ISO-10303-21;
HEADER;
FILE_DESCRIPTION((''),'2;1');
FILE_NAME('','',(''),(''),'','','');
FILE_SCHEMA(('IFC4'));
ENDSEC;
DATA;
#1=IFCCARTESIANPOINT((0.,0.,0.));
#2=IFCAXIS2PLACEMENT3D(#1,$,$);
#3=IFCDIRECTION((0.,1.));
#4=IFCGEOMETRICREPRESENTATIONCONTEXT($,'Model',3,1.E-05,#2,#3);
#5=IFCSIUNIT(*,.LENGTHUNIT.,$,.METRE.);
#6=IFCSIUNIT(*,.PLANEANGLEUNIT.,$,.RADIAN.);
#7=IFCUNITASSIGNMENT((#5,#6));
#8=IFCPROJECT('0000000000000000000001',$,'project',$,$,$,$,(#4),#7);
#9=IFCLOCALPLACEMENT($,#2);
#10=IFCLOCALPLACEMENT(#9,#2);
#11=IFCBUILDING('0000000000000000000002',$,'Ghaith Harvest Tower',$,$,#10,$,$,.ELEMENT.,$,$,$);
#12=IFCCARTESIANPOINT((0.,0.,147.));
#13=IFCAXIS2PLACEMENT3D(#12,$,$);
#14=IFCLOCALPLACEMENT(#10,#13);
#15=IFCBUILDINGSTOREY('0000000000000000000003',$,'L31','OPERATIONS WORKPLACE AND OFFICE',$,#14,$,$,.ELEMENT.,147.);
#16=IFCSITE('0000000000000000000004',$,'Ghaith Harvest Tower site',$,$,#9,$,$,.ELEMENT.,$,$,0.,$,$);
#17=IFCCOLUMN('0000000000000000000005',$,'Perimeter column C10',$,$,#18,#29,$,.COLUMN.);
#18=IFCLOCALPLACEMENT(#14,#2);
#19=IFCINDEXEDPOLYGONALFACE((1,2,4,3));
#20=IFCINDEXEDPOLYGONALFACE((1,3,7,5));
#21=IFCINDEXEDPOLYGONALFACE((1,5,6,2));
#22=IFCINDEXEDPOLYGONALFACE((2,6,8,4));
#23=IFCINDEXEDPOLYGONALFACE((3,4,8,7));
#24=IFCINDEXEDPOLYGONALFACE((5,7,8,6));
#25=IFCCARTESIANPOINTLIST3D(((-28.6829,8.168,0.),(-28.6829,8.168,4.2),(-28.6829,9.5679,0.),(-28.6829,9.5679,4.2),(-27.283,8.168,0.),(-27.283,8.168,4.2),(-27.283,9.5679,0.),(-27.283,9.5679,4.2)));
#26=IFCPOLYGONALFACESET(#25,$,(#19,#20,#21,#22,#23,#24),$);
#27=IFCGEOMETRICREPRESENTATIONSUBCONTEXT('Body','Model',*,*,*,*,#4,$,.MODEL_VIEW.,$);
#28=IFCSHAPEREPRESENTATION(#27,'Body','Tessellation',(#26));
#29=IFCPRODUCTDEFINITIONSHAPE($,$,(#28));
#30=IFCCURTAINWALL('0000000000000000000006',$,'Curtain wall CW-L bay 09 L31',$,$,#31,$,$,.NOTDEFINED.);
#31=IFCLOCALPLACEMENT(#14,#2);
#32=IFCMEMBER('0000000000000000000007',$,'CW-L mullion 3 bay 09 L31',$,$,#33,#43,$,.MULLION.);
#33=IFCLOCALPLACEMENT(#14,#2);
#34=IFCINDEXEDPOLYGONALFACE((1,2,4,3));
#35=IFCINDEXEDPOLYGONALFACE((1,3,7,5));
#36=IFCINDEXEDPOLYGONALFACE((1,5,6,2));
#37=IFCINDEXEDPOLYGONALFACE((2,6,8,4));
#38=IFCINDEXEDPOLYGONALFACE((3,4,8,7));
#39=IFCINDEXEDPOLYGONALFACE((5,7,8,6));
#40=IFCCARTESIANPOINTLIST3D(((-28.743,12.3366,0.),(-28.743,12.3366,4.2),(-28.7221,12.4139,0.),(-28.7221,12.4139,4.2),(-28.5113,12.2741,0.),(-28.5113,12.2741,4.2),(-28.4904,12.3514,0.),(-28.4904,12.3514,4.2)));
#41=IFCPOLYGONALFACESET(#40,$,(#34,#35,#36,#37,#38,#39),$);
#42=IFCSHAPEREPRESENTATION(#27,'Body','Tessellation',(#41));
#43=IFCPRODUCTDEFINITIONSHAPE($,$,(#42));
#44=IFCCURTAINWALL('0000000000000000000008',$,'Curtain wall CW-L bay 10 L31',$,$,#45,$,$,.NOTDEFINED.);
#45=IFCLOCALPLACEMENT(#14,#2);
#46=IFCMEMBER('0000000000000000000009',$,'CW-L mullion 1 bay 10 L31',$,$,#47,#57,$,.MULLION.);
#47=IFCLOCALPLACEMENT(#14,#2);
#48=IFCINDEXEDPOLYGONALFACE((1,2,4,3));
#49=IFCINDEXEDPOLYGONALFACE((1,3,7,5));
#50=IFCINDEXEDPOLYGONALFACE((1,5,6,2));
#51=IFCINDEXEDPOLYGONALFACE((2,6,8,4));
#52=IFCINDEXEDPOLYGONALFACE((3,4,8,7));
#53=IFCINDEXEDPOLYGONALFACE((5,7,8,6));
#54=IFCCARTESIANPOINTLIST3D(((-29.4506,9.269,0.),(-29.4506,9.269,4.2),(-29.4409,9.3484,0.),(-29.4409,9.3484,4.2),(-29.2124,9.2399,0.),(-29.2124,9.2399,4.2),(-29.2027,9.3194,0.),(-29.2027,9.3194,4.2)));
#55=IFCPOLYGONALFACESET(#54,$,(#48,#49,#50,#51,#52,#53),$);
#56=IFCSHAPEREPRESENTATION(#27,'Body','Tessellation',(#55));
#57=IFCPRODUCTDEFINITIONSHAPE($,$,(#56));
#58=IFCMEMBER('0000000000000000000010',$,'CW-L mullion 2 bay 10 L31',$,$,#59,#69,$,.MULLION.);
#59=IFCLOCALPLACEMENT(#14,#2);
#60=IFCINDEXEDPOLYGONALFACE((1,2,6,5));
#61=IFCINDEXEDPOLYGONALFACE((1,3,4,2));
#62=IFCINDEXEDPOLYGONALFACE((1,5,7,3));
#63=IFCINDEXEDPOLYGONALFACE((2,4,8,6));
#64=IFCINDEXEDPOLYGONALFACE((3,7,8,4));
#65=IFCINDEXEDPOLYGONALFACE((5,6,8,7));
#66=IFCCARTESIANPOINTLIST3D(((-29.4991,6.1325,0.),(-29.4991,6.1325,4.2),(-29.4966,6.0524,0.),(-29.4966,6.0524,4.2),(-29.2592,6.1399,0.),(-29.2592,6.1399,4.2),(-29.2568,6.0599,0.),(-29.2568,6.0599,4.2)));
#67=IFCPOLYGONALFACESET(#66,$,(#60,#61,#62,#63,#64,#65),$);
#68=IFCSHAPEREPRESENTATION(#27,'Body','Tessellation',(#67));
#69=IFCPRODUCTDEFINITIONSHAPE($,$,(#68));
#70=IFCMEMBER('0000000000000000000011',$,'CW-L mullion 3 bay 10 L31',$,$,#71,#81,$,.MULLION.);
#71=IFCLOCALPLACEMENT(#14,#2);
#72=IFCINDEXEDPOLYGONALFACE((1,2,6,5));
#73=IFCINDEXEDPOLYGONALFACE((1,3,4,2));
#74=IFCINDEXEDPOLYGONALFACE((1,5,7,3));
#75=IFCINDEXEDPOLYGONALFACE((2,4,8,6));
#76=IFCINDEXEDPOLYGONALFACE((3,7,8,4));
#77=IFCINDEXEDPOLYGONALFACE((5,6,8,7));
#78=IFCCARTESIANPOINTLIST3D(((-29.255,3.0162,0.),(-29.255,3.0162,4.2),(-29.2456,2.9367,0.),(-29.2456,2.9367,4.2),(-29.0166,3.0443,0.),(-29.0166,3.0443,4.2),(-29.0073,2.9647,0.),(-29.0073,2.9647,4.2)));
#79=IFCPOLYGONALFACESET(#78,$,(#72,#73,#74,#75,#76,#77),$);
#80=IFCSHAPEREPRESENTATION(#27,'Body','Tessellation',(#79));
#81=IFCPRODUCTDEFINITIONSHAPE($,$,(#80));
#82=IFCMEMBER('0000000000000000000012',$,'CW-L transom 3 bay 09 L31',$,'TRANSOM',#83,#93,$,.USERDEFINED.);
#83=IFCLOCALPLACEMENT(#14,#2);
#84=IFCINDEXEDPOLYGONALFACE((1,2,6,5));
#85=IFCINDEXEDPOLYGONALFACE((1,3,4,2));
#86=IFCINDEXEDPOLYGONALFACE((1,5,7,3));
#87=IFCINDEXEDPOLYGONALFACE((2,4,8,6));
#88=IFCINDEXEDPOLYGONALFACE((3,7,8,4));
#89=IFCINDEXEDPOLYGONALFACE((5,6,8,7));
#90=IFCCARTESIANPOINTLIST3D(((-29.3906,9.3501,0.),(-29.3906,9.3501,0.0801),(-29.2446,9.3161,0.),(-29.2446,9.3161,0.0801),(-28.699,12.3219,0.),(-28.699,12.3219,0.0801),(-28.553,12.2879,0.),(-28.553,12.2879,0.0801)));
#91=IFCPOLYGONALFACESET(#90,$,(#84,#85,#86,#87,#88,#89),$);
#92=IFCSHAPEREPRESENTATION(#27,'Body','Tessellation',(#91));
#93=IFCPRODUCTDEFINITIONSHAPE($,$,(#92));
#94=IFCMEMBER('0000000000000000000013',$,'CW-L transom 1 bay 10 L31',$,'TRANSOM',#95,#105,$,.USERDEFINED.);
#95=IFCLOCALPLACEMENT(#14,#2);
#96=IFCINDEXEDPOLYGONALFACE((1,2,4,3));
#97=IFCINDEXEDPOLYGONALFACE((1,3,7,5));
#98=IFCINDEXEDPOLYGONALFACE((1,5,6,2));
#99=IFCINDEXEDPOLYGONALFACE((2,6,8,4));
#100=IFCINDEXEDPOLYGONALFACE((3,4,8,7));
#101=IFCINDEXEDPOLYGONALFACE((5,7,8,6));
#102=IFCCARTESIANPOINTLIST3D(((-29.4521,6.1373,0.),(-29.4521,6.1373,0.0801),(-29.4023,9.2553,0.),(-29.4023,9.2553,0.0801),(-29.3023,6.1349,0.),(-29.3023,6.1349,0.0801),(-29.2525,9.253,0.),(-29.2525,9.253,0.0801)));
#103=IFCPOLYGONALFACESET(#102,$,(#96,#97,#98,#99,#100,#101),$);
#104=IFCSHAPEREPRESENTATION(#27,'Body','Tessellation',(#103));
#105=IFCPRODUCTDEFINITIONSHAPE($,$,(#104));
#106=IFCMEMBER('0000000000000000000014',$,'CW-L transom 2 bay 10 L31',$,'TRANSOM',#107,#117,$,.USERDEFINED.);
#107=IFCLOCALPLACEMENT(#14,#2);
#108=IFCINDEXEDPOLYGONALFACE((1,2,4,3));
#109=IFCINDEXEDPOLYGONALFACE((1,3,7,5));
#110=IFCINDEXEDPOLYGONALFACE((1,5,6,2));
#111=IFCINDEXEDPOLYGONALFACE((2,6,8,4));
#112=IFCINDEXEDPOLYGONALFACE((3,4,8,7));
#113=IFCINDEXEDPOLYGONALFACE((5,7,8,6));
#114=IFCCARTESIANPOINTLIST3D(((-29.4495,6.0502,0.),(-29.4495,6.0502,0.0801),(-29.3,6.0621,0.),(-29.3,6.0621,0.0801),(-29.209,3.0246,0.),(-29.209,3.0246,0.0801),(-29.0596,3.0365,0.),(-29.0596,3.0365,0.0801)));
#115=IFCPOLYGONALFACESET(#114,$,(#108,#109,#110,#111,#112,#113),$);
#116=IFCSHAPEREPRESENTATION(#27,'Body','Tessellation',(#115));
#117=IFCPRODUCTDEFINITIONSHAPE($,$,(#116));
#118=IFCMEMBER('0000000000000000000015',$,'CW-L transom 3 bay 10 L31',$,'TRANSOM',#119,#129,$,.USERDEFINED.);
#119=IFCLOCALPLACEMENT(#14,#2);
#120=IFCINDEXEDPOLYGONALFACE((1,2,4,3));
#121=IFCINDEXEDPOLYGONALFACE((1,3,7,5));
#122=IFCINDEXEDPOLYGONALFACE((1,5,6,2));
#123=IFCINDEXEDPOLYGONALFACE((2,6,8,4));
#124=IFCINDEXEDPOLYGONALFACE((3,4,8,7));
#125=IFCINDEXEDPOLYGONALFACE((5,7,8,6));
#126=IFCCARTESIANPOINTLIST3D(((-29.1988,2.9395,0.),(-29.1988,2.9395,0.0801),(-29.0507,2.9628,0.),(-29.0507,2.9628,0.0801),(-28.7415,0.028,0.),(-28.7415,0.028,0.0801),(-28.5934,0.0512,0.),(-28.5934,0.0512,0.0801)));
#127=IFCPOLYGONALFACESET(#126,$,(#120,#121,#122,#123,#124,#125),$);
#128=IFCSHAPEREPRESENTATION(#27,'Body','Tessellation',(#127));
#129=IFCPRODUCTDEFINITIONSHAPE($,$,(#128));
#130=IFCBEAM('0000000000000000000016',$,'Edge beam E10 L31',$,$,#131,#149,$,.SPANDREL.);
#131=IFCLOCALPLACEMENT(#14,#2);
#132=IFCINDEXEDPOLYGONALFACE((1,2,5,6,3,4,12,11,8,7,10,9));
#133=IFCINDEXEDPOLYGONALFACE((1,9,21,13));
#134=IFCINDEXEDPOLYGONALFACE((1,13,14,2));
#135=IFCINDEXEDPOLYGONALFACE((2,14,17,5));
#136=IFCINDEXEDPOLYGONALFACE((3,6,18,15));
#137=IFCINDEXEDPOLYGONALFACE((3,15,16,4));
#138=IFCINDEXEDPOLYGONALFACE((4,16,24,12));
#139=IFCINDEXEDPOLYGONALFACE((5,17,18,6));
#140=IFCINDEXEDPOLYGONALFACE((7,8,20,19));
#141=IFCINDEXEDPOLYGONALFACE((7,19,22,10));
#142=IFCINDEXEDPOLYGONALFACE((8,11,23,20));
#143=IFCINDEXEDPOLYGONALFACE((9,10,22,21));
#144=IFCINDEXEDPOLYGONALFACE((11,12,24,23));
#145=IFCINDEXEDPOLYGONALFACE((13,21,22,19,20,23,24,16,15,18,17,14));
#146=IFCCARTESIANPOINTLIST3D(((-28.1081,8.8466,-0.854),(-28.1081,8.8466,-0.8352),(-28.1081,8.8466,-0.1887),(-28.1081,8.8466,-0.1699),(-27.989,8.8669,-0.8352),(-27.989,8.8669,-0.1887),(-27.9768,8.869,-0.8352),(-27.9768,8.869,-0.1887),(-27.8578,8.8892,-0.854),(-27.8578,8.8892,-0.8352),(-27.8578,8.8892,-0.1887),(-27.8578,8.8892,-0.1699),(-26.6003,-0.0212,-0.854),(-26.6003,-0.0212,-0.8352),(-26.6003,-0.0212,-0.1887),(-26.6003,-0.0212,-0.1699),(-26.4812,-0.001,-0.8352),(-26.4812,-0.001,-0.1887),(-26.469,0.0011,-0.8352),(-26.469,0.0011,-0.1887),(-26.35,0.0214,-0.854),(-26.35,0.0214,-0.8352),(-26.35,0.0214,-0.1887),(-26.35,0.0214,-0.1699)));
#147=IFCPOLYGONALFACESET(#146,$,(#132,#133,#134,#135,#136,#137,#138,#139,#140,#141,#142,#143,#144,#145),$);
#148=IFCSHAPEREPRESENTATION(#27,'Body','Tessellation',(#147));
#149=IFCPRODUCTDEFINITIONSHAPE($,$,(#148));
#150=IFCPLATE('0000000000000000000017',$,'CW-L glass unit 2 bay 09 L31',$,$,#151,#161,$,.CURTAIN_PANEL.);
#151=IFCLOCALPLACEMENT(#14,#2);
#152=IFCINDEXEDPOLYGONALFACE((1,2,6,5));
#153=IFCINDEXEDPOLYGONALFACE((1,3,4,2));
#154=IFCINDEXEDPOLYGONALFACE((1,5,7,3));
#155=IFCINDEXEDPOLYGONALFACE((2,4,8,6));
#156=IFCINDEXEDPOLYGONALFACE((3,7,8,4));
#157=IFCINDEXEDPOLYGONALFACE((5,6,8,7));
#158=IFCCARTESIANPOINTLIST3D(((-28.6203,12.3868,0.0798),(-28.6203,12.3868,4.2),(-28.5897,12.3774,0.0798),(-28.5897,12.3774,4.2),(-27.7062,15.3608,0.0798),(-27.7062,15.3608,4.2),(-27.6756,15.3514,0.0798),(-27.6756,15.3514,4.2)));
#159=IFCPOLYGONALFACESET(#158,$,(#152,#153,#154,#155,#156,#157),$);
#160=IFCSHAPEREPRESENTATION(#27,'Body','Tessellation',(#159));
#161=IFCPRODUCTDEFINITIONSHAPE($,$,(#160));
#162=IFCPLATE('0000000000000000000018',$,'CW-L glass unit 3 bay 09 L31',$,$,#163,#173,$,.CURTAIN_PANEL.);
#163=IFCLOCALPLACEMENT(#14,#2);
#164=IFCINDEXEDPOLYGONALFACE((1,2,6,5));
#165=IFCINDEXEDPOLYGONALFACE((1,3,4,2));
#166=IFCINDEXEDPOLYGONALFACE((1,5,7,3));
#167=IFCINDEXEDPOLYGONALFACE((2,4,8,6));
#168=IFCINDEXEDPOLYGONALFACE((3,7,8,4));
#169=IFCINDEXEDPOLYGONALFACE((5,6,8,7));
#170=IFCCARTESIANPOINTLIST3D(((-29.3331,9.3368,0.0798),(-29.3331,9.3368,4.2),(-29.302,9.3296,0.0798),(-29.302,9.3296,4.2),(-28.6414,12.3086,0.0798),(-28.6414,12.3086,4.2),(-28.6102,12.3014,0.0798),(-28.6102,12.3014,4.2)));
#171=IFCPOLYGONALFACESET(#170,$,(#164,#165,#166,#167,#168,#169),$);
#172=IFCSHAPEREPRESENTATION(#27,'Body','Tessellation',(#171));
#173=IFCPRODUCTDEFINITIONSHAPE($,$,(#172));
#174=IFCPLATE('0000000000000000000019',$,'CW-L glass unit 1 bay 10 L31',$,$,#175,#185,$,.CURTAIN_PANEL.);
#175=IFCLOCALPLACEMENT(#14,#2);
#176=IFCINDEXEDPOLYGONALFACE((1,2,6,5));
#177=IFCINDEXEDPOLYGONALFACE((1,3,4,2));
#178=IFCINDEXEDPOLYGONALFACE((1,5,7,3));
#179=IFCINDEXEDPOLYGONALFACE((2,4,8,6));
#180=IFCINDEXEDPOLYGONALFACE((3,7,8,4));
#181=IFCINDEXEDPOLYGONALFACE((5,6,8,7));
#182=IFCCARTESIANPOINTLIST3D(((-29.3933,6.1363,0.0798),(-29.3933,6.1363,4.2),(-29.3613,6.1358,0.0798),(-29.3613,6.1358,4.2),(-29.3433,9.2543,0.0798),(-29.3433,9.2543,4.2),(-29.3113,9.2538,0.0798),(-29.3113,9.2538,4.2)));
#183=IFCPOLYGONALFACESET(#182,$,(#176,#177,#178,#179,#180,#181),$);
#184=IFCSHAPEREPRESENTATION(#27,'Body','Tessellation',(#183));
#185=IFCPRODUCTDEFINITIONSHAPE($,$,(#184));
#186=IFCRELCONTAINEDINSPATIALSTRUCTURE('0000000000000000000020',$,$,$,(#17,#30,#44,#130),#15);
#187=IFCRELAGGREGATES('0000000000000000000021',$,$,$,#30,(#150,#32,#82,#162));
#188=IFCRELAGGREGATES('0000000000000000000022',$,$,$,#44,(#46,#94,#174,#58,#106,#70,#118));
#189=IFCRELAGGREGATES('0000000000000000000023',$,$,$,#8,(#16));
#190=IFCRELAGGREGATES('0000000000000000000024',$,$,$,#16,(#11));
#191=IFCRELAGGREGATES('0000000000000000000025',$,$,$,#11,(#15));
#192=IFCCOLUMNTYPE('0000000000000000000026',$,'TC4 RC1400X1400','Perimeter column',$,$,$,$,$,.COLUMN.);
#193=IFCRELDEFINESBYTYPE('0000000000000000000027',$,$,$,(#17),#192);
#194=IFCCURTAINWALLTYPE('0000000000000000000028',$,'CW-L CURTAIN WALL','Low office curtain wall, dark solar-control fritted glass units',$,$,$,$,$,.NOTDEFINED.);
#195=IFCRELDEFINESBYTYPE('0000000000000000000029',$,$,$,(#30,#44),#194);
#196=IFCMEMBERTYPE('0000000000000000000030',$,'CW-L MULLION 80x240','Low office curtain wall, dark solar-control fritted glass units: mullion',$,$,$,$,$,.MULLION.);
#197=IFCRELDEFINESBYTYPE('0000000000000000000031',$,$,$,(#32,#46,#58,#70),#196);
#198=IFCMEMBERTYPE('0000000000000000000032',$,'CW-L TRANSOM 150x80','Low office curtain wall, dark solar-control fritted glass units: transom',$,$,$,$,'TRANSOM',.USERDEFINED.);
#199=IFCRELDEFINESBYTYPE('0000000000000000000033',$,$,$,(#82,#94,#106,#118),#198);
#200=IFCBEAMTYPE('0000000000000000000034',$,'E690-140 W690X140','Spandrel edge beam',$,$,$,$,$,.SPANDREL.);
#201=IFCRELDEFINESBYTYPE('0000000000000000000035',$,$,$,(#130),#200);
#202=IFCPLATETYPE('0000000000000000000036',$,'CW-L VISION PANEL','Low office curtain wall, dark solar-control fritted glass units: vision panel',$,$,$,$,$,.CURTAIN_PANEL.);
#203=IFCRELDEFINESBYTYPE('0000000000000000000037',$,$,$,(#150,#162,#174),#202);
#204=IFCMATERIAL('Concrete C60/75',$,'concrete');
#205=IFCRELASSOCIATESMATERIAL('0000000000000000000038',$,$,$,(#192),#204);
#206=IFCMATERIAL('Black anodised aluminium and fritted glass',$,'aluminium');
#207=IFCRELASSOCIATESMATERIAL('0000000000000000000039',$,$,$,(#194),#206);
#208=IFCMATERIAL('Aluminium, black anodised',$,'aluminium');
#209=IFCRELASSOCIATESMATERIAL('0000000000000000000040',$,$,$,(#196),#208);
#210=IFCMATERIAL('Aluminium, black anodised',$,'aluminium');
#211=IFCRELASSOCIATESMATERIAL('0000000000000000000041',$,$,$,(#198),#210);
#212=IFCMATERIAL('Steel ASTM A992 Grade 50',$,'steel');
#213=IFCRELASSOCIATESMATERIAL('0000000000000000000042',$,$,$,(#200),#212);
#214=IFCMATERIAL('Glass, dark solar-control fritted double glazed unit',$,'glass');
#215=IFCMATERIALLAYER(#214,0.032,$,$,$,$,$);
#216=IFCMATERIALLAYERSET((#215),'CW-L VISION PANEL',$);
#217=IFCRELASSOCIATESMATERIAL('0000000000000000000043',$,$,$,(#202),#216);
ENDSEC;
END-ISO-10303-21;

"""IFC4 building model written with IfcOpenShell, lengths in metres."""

from ifc_helpers import new_model, si_unit, direction, frame, origin, origin_2d, place, context, subcontext, project, spatial, rectangle, i_section, extrude, material, layer, layer_set, material_profile, profile_set, type_object, element, aggregate, save


model = new_model("IFC4")

# Units and contexts
model_context = context("Model", 3, precision=1e-05, world=origin(), true_north=direction((0.0, 1.0)))
body_context = subcontext(model_context, "Body", "Model", "MODEL_VIEW")
ifc_project = project(units=[si_unit("LENGTHUNIT", "METRE"), si_unit("PLANEANGLEUNIT", "RADIAN")], contexts=[model_context])

# Site, building, storey
site_placement = place(None, origin())
site = spatial("IfcSite", under=ifc_project, at=site_placement, Name="Ghaith Harvest Tower site", CompositionType="ELEMENT", RefElevation=0.0)
building_placement = place(site_placement, origin())
building = spatial("IfcBuilding", under=site, at=building_placement, Name="Ghaith Harvest Tower", CompositionType="ELEMENT")
storey_placement = place(building_placement, frame((0.0, 0.0, 147.0)))
storey = spatial("IfcBuildingStorey", under=building, at=storey_placement, Name="L31", Description="OPERATIONS WORKPLACE AND OFFICE", CompositionType="ELEMENT", Elevation=147.0)

# Column
ifc_material_1 = material(Name="Concrete C60/75", Category="concrete")
ifc_material_profile_1 = material_profile(ifc_material_1, rectangle(XDim=1.3999, YDim=1.3999, at=origin_2d()), Name="RC1400X1400")
ifc_profile_set_1 = profile_set([ifc_material_profile_1], Name="Concrete C60/75")
column_type = type_object("IfcColumnType", Name="TC4 RC1400X1400", Description="Perimeter column", PredefinedType="COLUMN", material=ifc_profile_set_1)
column_placement = place(storey_placement, frame((-27.9829, 8.8679, 0.0), z_axis=(0.0, 0.0, 1.0), x_axis=(1.0, 0.0, 0.0)))
element("IfcColumn", 1, at=column_placement, inside=storey, type_object=column_type, Name="Perimeter column C10", PredefinedType="COLUMN", context=body_context, shape_type="SweptSolid", body=[
    extrude(rectangle(XDim=1.3999, YDim=1.3999, at=origin_2d()), origin(), (0.0, 0.0, 1.0), 4.2),
])

# Curtain wall, member
ifc_material_2 = material(Name="Black anodised aluminium and fritted glass", Category="aluminium")
curtain_wall_type = type_object("IfcCurtainWallType", Name="CW-L CURTAIN WALL", Description="Low office curtain wall, dark solar-control fritted glass units", PredefinedType="NOTDEFINED", material=ifc_material_2)
curtain_wall_1_placement = place(storey_placement, origin())
curtain_wall_1 = element("IfcCurtainWall", 2, at=curtain_wall_1_placement, inside=storey, type_object=curtain_wall_type, Name="Curtain wall CW-L bay 09 L31", PredefinedType="NOTDEFINED")
ifc_material_3 = material(Name="Aluminium, black anodised", Category="aluminium")
ifc_material_profile_2 = material_profile(ifc_material_3, rectangle(XDim=0.0801, YDim=0.24, at=origin_2d()), Name="CW-L MULLION 80x240")
ifc_profile_set_2 = profile_set([ifc_material_profile_2], Name="Aluminium, black anodised")
member_type_1 = type_object("IfcMemberType", Name="CW-L MULLION 80x240", Description="Low office curtain wall, dark solar-control fritted glass units: mullion", PredefinedType="MULLION", material=ifc_profile_set_2)
member_1_placement = place(storey_placement, frame((-28.6167, 12.344, 0.0), z_axis=(0.0, 0.0, 1.0), x_axis=(-0.260727, -0.965412, 0.0)))
member_1 = element("IfcMember", 3, at=member_1_placement, type_object=member_type_1, Name="CW-L mullion 3 bay 09 L31", PredefinedType="MULLION", context=body_context, shape_type="SweptSolid", body=[
    extrude(rectangle(XDim=0.0801, YDim=0.24, at=origin_2d()), origin(), (0.0, 0.0, 1.0), 4.2),
])

# Curtain wall, members
curtain_wall_2_placement = place(storey_placement, origin())
curtain_wall_2 = element("IfcCurtainWall", 4, at=curtain_wall_2_placement, inside=storey, type_object=curtain_wall_type, Name="Curtain wall CW-L bay 10 L31", PredefinedType="NOTDEFINED")
member_2_placement = place(storey_placement, frame((-29.3267, 9.2942, 0.0), z_axis=(0.0, 0.0, 1.0), x_axis=(-0.120932, -0.992661, 0.0)))
member_2 = element("IfcMember", 5, at=member_2_placement, type_object=member_type_1, Name="CW-L mullion 1 bay 10 L31", PredefinedType="MULLION", context=body_context, shape_type="SweptSolid", body=[
    extrude(rectangle(XDim=0.0801, YDim=0.24, at=origin_2d()), origin(), (0.0, 0.0, 1.0), 4.2),
])
member_3_placement = place(storey_placement, frame((-29.3779, 6.0962, 0.0), z_axis=(0.0, 0.0, 1.0), x_axis=(0.031028, -0.999519, 0.0)))
member_3 = element("IfcMember", 6, at=member_3_placement, type_object=member_type_1, Name="CW-L mullion 2 bay 10 L31", PredefinedType="MULLION", context=body_context, shape_type="SweptSolid", body=[
    extrude(rectangle(XDim=0.0801, YDim=0.24, at=origin_2d()), origin(), (0.0, 0.0, 1.0), 4.2),
])
member_4_placement = place(storey_placement, frame((-29.1311, 2.9905, 0.0), z_axis=(0.0, 0.0, 1.0), x_axis=(0.116764, -0.99316, 0.0)))
member_4 = element("IfcMember", 7, at=member_4_placement, type_object=member_type_1, Name="CW-L mullion 3 bay 10 L31", PredefinedType="MULLION", context=body_context, shape_type="SweptSolid", body=[
    extrude(rectangle(XDim=0.0801, YDim=0.24, at=origin_2d()), origin(), (0.0, 0.0, 1.0), 4.2),
])

# Members
ifc_material_4 = material(Name="Aluminium, black anodised", Category="aluminium")
ifc_material_profile_3 = material_profile(ifc_material_4, rectangle(XDim=0.1499, YDim=0.0801, at=origin_2d()), Name="CW-L TRANSOM 150x80")
ifc_profile_set_3 = profile_set([ifc_material_profile_3], Name="Aluminium, black anodised")
member_type_2 = type_object("IfcMemberType", Name="CW-L TRANSOM 150x80", Description="Low office curtain wall, dark solar-control fritted glass units: transom", ElementType="TRANSOM", PredefinedType="USERDEFINED", material=ifc_profile_set_3)
member_5_placement = place(storey_placement, frame((-28.626, 12.3049, 0.04), z_axis=(-0.226671, -0.973971, 0.0), x_axis=(0.973971, -0.226671, 0.0)))
member_5 = element("IfcMember", 8, at=member_5_placement, type_object=member_type_2, Name="CW-L transom 3 bay 09 L31", ObjectType="TRANSOM", PredefinedType="USERDEFINED", context=body_context, shape_type="SweptSolid", body=[
    extrude(rectangle(XDim=0.1499, YDim=0.0801, at=origin_2d()), origin(), (0.0, 0.0, 1.0), 3.0513),
])
member_6_placement = place(storey_placement, frame((-29.3274, 9.2542, 0.04), z_axis=(-0.015972, -0.999872, 0.0), x_axis=(0.999872, -0.015972, 0.0)))
member_6 = element("IfcMember", 9, at=member_6_placement, type_object=member_type_2, Name="CW-L transom 1 bay 10 L31", ObjectType="TRANSOM", PredefinedType="USERDEFINED", context=body_context, shape_type="SweptSolid", body=[
    extrude(rectangle(XDim=0.1499, YDim=0.0801, at=origin_2d()), origin(), (0.0, 0.0, 1.0), 3.1184),
])
member_7_placement = place(storey_placement, frame((-29.3748, 6.0562, 0.04), z_axis=(0.07923, -0.996856, 0.0), x_axis=(0.996856, 0.07923, 0.0)))
member_7 = element("IfcMember", 10, at=member_7_placement, type_object=member_type_2, Name="CW-L transom 2 bay 10 L31", ObjectType="TRANSOM", PredefinedType="USERDEFINED", context=body_context, shape_type="SweptSolid", body=[
    extrude(rectangle(XDim=0.1499, YDim=0.0801, at=origin_2d()), origin(), (0.0, 0.0, 1.0), 3.0352),
])
member_8_placement = place(storey_placement, frame((-29.1248, 2.9512, 0.04), z_axis=(0.15515, -0.987891, 0.0), x_axis=(0.987891, 0.15515, 0.0)))
member_8 = element("IfcMember", 11, at=member_8_placement, type_object=member_type_2, Name="CW-L transom 3 bay 10 L31", ObjectType="TRANSOM", PredefinedType="USERDEFINED", context=body_context, shape_type="SweptSolid", body=[
    extrude(rectangle(XDim=0.1499, YDim=0.0801, at=origin_2d()), origin(), (0.0, 0.0, 1.0), 2.9473),
])

# Beam
ifc_material_5 = material(Name="Steel ASTM A992 Grade 50", Category="steel")
ifc_material_profile_4 = material_profile(ifc_material_5, i_section(OverallWidth=0.2539, OverallDepth=0.6841, WebThickness=0.0125, FlangeThickness=0.0188, at=origin_2d()), Name="W690X140")
ifc_profile_set_4 = profile_set([ifc_material_profile_4], Name="Steel ASTM A992 Grade 50")
beam_type = type_object("IfcBeamType", Name="E690-140 W690X140", Description="Spandrel edge beam", PredefinedType="SPANDREL", material=ifc_profile_set_4)
beam_placement = place(storey_placement, frame((-27.9829, 8.8679, -0.512), z_axis=(0.167624, -0.985851, 0.0), x_axis=(0.985851, 0.167624, 0.0)))
element("IfcBeam", 12, at=beam_placement, inside=storey, type_object=beam_type, Name="Edge beam E10 L31", PredefinedType="SPANDREL", context=body_context, shape_type="SweptSolid", body=[
    extrude(i_section(OverallWidth=0.2539, OverallDepth=0.6841, WebThickness=0.0125, FlangeThickness=0.0188, at=origin_2d()), origin(), (0.0, 0.0, 1.0), 8.9951),
])

# Plates
ifc_material_6 = material(Name="Glass, dark solar-control fritted double glazed unit", Category="glass")
ifc_layer_1 = layer(ifc_material_6, 0.032)
ifc_layer_set_1 = layer_set([ifc_layer_1], Name="CW-L VISION PANEL")
plate_type_1 = type_object("IfcPlateType", Name="CW-L VISION PANEL", Description="Low office curtain wall, dark solar-control fritted glass units: vision panel", PredefinedType="CURTAIN_PANEL", material=ifc_layer_set_1)
plate_1_placement = place(storey_placement, frame((-28.1479, 13.8691, 0.0798), z_axis=(0.0, 0.0, 1.0), x_axis=(-0.293803, -0.955866, 0.0)))
plate_1 = element("IfcPlate", 13, at=plate_1_placement, type_object=plate_type_1, Name="CW-L glass unit 2 bay 09 L31", PredefinedType="CURTAIN_PANEL", context=body_context, shape_type="SweptSolid", body=[
    extrude(rectangle(XDim=3.1113, YDim=0.032, at=origin_2d()), origin(), (0.0, 0.0, 1.0), 4.1201),
])
plate_2_placement = place(storey_placement, frame((-28.9717, 10.8191, 0.0798), z_axis=(0.0, 0.0, 1.0), x_axis=(-0.226699, -0.973965, 0.0)))
plate_2 = element("IfcPlate", 14, at=plate_2_placement, type_object=plate_type_1, Name="CW-L glass unit 3 bay 09 L31", PredefinedType="CURTAIN_PANEL", context=body_context, shape_type="SweptSolid", body=[
    extrude(rectangle(XDim=3.0513, YDim=0.032, at=origin_2d()), origin(), (0.0, 0.0, 1.0), 4.1201),
])
aggregate(curtain_wall_1, [plate_1, member_1, member_5, plate_2])
plate_3_placement = place(storey_placement, frame((-29.3523, 7.6951, 0.0798), z_axis=(0.0, 0.0, 1.0), x_axis=(-0.016034, -0.999871, 0.0)))
plate_3 = element("IfcPlate", 15, at=plate_3_placement, type_object=plate_type_1, Name="CW-L glass unit 1 bay 10 L31", PredefinedType="CURTAIN_PANEL", context=body_context, shape_type="SweptSolid", body=[
    extrude(rectangle(XDim=3.1184, YDim=0.032, at=origin_2d()), origin(), (0.0, 0.0, 1.0), 4.1201),
])
aggregate(curtain_wall_2, [member_2, member_6, plate_3, member_3, member_7, member_4, member_8])

save(model, "model.ifc")
